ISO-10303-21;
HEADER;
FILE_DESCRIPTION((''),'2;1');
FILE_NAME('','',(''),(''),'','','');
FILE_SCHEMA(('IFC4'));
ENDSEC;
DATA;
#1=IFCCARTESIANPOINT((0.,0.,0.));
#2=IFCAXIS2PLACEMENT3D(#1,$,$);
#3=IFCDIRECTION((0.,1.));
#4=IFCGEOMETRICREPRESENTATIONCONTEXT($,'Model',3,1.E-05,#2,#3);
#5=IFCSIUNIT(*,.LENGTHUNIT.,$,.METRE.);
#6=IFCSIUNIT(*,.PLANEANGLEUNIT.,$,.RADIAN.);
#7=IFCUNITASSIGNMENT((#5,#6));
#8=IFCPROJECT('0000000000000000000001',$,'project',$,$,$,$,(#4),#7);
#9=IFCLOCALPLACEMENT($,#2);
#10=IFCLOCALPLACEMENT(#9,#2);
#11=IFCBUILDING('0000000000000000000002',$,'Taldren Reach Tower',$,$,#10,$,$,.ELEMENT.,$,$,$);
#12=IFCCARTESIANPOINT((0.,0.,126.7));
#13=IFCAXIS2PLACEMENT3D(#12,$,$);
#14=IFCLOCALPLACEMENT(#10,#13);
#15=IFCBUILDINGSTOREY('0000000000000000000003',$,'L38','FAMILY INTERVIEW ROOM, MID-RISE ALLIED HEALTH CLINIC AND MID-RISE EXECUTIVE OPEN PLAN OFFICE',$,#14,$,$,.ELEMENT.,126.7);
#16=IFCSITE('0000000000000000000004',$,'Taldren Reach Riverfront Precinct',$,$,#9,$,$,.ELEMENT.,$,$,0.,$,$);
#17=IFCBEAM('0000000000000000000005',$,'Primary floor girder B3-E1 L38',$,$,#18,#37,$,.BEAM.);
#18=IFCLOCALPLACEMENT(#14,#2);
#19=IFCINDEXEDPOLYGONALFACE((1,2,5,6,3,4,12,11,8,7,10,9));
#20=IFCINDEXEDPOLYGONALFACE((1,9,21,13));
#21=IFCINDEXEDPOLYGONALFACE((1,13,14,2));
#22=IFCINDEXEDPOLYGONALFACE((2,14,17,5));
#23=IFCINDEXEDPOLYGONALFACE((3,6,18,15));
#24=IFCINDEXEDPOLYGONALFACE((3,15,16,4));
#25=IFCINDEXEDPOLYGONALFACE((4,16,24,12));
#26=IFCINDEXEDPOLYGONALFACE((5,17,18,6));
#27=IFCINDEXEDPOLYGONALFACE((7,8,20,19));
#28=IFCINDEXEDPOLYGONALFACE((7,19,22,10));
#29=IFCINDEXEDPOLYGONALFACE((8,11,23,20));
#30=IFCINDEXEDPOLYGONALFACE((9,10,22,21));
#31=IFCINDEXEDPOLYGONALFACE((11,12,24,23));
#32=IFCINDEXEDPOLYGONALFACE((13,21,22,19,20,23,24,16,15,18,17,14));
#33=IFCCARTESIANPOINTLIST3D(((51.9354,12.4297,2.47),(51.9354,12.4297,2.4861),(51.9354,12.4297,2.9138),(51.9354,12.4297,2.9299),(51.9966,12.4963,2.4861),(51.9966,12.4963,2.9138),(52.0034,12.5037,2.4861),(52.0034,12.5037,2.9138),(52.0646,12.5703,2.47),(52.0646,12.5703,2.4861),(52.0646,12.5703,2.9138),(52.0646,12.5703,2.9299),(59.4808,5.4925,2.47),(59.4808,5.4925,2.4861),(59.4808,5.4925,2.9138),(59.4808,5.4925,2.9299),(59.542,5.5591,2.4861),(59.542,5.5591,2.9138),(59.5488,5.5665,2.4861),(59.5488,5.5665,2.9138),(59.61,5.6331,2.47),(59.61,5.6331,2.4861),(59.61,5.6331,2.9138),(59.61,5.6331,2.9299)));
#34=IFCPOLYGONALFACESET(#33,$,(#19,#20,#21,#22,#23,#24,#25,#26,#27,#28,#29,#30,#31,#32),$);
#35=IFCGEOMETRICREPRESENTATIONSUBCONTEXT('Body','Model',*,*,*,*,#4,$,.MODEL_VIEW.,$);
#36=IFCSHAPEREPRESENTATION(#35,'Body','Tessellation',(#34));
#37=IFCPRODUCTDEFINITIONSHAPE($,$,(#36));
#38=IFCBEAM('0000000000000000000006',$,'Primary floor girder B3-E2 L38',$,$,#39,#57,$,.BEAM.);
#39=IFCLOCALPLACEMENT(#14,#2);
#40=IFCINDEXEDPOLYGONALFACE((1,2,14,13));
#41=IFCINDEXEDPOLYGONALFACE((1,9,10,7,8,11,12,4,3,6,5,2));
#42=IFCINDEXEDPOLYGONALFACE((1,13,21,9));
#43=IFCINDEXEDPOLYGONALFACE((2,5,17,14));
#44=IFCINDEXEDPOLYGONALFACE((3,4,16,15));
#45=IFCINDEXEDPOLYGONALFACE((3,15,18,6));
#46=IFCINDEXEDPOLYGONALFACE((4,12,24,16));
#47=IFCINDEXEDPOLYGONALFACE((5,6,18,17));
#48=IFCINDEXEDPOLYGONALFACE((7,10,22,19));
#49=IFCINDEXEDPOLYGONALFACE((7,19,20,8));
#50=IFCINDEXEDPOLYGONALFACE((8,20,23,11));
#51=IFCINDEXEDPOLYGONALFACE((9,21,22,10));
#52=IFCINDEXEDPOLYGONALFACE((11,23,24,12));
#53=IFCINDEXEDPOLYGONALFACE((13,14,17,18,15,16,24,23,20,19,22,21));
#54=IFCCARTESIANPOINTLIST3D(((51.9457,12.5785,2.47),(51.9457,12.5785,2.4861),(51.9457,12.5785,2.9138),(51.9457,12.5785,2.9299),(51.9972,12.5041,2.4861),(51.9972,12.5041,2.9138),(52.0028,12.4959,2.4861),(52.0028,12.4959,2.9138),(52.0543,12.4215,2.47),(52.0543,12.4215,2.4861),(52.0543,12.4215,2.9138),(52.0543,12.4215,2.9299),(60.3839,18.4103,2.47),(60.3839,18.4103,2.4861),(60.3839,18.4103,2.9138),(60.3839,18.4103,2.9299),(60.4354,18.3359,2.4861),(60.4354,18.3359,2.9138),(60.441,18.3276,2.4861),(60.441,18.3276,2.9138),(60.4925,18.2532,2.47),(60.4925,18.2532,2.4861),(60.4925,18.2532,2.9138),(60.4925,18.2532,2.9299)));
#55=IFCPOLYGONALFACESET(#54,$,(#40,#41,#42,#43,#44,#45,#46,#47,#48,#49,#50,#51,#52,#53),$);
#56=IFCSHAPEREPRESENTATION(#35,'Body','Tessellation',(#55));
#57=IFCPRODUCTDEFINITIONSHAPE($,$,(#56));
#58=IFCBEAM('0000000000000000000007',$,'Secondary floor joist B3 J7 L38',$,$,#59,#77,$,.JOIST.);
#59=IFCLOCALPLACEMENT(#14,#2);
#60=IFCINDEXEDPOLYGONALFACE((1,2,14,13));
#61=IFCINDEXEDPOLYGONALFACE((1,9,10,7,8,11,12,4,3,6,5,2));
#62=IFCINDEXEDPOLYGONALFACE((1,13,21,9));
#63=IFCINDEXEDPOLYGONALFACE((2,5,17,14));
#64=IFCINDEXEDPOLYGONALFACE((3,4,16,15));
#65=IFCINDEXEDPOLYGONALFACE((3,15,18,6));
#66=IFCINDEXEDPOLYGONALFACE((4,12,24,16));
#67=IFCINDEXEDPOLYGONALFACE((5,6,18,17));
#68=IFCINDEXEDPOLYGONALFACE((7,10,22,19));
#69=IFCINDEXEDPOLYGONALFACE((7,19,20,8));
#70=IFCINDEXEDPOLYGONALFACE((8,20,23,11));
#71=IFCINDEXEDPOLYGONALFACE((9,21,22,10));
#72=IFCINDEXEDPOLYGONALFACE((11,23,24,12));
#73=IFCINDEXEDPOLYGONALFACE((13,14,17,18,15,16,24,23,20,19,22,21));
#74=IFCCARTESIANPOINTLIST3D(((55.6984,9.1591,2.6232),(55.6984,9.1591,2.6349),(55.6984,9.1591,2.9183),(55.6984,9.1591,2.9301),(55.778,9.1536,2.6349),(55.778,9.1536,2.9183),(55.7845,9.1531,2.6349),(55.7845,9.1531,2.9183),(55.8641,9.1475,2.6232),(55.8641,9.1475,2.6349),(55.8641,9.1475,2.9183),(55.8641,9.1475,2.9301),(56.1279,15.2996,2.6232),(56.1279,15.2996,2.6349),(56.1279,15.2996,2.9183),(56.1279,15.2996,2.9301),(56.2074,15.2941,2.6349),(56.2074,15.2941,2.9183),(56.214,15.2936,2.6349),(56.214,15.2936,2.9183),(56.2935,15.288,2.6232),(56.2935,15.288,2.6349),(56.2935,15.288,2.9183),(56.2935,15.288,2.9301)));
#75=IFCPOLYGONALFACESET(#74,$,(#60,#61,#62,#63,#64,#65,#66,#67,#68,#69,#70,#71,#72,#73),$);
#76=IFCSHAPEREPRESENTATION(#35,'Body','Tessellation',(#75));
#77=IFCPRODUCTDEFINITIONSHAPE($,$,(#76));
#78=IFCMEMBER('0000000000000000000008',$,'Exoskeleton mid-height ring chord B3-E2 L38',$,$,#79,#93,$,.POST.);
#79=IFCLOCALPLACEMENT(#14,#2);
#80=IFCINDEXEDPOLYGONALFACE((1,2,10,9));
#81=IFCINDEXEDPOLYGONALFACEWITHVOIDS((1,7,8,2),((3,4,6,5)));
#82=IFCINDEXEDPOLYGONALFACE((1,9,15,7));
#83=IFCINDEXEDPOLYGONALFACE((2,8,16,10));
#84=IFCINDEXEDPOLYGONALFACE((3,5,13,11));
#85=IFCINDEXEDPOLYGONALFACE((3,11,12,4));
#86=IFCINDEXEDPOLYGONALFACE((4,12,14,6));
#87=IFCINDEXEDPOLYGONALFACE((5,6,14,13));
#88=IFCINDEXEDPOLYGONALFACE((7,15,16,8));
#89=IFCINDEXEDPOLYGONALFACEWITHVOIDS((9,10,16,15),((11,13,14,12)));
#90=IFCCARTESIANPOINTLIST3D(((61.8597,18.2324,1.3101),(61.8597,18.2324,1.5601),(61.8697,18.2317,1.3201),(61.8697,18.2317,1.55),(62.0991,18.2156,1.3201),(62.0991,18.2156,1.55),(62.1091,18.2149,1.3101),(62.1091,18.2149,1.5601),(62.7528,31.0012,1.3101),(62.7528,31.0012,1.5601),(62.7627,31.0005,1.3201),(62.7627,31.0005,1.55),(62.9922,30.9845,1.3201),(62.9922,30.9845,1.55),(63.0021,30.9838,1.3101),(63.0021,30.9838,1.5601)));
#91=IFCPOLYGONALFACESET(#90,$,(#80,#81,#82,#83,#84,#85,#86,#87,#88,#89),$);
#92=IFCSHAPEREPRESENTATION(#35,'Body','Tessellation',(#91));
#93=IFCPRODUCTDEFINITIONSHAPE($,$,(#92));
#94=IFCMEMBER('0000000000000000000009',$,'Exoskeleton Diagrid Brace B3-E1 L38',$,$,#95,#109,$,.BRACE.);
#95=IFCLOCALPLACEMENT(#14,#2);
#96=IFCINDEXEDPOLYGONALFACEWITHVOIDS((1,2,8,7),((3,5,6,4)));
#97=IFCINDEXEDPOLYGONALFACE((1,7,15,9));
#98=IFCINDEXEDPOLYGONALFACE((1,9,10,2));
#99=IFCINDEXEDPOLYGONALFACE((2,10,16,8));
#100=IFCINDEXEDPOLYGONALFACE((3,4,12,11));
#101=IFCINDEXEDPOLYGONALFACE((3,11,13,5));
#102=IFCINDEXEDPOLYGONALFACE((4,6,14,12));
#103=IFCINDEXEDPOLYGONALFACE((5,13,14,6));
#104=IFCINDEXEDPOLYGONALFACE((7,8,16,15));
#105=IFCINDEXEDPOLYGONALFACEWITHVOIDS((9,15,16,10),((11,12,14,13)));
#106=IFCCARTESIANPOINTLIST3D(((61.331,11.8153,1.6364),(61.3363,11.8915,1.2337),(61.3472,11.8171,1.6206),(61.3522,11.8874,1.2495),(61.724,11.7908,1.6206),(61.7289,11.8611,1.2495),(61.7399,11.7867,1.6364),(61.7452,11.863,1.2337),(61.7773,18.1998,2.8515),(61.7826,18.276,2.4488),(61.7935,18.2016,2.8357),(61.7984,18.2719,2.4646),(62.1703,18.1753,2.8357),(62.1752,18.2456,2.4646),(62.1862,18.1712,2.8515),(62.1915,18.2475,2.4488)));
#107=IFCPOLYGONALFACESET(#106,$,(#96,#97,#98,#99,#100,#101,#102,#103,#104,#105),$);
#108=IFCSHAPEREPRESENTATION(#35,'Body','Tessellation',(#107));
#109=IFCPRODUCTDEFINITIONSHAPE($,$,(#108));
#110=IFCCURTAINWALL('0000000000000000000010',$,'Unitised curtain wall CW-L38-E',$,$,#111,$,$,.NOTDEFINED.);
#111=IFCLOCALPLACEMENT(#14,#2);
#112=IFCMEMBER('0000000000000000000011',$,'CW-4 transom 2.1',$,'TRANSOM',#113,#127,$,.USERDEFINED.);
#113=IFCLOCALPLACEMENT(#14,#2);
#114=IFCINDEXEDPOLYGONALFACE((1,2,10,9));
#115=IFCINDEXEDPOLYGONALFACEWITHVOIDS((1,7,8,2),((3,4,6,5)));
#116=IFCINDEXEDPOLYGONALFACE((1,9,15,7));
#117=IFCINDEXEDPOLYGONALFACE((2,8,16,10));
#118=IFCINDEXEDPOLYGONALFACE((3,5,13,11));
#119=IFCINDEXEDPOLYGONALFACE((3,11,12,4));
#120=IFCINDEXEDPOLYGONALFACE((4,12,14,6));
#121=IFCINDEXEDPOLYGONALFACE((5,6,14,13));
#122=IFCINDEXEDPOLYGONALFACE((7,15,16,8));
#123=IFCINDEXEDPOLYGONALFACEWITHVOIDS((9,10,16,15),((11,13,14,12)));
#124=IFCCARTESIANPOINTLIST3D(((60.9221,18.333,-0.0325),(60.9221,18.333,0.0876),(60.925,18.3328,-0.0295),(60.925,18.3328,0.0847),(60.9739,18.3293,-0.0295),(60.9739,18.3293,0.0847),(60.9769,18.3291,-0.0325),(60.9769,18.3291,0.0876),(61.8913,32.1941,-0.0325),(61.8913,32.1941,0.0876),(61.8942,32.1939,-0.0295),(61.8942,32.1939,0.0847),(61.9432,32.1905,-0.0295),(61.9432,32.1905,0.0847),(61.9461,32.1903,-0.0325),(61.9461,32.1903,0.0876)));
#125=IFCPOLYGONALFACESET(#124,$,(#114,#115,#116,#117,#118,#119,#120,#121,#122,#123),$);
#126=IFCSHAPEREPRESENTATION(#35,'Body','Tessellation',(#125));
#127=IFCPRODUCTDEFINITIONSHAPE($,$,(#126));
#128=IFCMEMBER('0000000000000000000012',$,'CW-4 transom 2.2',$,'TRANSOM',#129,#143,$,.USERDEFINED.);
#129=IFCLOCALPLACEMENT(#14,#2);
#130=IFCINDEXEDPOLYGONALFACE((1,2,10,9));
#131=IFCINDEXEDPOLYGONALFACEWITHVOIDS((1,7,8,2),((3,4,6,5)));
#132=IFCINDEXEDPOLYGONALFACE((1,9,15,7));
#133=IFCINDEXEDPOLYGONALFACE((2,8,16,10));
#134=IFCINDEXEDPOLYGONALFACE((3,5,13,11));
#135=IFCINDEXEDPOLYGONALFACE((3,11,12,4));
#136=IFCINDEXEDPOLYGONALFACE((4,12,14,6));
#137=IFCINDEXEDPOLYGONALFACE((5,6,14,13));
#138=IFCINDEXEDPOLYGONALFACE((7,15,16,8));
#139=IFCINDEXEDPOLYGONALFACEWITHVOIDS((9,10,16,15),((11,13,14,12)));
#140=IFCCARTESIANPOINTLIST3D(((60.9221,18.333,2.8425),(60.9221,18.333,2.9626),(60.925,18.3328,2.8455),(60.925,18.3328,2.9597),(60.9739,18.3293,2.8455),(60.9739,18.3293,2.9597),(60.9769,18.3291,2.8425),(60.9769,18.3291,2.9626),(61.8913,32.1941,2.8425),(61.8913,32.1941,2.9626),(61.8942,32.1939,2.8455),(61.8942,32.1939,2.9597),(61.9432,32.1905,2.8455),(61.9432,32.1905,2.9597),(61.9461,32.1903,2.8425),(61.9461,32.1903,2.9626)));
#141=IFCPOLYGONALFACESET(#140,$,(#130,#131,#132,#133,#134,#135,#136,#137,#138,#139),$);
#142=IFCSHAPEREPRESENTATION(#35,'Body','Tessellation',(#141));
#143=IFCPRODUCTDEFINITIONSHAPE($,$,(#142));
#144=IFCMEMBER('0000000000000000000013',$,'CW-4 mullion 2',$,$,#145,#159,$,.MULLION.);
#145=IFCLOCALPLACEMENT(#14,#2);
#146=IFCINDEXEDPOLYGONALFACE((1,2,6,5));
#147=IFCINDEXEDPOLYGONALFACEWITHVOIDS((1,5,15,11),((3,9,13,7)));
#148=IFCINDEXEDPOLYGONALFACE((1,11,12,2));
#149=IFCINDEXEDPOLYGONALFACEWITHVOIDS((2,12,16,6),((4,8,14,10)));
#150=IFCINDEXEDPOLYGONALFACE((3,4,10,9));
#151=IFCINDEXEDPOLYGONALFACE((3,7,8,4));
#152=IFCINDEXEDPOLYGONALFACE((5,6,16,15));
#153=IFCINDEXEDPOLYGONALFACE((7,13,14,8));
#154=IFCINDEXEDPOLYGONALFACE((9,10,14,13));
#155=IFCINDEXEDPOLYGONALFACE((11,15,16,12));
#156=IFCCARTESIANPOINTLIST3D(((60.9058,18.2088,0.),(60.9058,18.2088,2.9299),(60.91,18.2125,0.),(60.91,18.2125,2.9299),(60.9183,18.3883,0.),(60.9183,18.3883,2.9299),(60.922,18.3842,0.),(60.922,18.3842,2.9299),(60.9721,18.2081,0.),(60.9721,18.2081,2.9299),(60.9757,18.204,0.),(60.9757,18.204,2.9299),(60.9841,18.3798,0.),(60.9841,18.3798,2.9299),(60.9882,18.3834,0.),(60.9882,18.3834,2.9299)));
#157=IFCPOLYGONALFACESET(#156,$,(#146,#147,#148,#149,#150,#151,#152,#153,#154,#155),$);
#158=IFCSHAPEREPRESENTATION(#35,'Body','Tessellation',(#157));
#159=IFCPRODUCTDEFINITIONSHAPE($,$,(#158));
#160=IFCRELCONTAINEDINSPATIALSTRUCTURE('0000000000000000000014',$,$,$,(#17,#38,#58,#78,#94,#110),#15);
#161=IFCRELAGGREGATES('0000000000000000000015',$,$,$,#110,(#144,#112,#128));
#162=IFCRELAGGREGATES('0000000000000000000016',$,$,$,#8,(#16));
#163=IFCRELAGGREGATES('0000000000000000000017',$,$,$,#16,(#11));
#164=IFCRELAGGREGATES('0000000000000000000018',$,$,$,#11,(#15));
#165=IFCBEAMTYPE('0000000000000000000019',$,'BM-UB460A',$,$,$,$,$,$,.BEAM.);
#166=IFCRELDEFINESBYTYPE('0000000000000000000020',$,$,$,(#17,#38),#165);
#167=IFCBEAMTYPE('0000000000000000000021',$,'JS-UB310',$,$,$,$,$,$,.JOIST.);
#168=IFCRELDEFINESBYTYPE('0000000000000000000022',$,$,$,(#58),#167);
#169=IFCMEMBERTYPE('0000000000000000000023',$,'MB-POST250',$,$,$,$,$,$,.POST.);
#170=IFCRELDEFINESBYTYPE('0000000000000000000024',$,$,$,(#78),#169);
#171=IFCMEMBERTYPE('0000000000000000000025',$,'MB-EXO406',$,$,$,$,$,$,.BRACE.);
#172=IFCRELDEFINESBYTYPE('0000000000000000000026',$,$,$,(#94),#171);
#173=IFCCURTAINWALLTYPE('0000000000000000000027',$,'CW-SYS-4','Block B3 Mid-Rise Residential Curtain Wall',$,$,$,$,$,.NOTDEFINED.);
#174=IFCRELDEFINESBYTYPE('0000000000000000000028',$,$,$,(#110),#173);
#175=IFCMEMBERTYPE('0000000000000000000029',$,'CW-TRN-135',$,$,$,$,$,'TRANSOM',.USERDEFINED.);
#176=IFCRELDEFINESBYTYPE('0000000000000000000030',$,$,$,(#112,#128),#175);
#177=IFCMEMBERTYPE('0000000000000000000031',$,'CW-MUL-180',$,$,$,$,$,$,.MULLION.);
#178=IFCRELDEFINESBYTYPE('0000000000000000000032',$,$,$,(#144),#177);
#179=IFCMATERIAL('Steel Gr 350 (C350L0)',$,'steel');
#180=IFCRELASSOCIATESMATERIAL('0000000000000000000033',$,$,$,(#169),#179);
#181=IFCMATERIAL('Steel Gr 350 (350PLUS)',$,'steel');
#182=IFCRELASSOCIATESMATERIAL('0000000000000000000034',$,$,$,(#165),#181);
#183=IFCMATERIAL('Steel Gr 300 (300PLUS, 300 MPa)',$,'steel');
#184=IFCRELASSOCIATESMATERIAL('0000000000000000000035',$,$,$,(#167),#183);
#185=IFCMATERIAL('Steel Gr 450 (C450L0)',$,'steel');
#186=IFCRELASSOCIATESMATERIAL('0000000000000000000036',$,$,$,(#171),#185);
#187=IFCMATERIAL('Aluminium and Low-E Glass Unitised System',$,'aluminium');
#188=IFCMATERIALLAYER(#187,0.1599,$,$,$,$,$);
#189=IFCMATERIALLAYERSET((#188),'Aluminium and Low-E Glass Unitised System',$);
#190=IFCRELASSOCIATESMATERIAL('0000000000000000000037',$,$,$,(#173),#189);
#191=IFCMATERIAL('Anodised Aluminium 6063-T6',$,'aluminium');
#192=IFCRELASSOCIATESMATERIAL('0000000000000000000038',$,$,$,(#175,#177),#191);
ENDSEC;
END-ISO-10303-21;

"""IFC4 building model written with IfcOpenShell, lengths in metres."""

from ifc_helpers import new_model, si_unit, direction, frame, origin, origin_2d, place, context, subcontext, project, spatial, hollow_rectangle, i_section, extrude, source, transform, mapped, material, layer, layer_set, material_profile, profile_set, type_object, element, aggregate, save


model = new_model("IFC4")

# Units and contexts
model_context = context("Model", 3, precision=1e-05, world=origin(), true_north=direction((0.0, 1.0)))
body_context = subcontext(model_context, "Body", "Model", "MODEL_VIEW")
ifc_project = project(units=[si_unit("LENGTHUNIT", "METRE"), si_unit("PLANEANGLEUNIT", "RADIAN")], contexts=[model_context])

# Site, building, storey
site_placement = place(None, origin())
site = spatial("IfcSite", under=ifc_project, at=site_placement, Name="Taldren Reach Riverfront Precinct", CompositionType="ELEMENT", RefElevation=0.0)
building_placement = place(site_placement, origin())
building = spatial("IfcBuilding", under=site, at=building_placement, Name="Taldren Reach Tower", CompositionType="ELEMENT")
storey_placement = place(building_placement, frame((0.0, 0.0, 126.7)))
storey = spatial("IfcBuildingStorey", under=building, at=storey_placement, Name="L38", Description="FAMILY INTERVIEW ROOM, MID-RISE ALLIED HEALTH CLINIC AND MID-RISE EXECUTIVE OPEN PLAN OFFICE", CompositionType="ELEMENT", Elevation=126.7)

# Shared definitions
ifc_material_1 = material(Name="Steel Gr 350 (350PLUS)", Category="steel")

# Shared definitions
ifc_material_2 = material(Name="Steel Gr 450 (C450L0)", Category="steel")
ifc_material_3 = material(Name="Steel Gr 350 (C350L0)", Category="steel")
ifc_material_profile_1 = material_profile(ifc_material_3, hollow_rectangle(XDim=0.25, YDim=0.25, WallThickness=0.01, at=origin_2d()), Name="250x250x10.0SHS")
ifc_profile_set_1 = profile_set([ifc_material_profile_1], Name="Steel Gr 350 (C350L0)")
member_type_1 = type_object("IfcMemberType", Name="MB-POST250", PredefinedType="POST", material=ifc_profile_set_1)

# Beams
ifc_material_profile_2 = material_profile(ifc_material_1, i_section(OverallWidth=0.1909, OverallDepth=0.46, WebThickness=0.01, FlangeThickness=0.0161, at=origin_2d()), Name="460UB82.1")
ifc_profile_set_2 = profile_set([ifc_material_profile_2], Name="Steel Gr 350 (350PLUS)")
beam_type_1 = type_object("IfcBeamType", Name="BM-UB460A", PredefinedType="BEAM", material=ifc_profile_set_2)
shared_shape_1 = source(origin(), body_context, "Body", "SweptSolid", [
    extrude(i_section(OverallWidth=0.1909, OverallDepth=0.46, WebThickness=0.01, FlangeThickness=0.0161, at=origin_2d()), origin(), (0.0, 0.0, 1.0), 10.2498),
])
beam_1_placement = place(storey_placement, frame((52.0, 12.5, 2.7), z_axis=(0.736151, -0.676818, 0.0), x_axis=(0.676818, 0.736151, 0.0)))
element("IfcBeam", 1, at=beam_1_placement, inside=storey, type_object=beam_type_1, Name="Primary floor girder B3-E1 L38", PredefinedType="BEAM", context=body_context, shape_type="MappedRepresentation", body=[
    mapped(shared_shape_1, transform((0.0, 0.0, 0.0), scale=1.0)),
])
shared_shape_2 = source(origin(), body_context, "Body", "SweptSolid", [
    extrude(i_section(OverallWidth=0.1909, OverallDepth=0.46, WebThickness=0.01, FlangeThickness=0.0161, at=origin_2d()), origin(), (0.0, 0.0, 1.0), 10.2573),
])
beam_2_placement = place(storey_placement, frame((52.0, 12.5, 2.7), z_axis=(0.822651, 0.568546, 0.0), x_axis=(-0.568546, 0.822651, 0.0)))
element("IfcBeam", 2, at=beam_2_placement, inside=storey, type_object=beam_type_1, Name="Primary floor girder B3-E2 L38", PredefinedType="BEAM", context=body_context, shape_type="MappedRepresentation", body=[
    mapped(shared_shape_2, transform((0.0, 0.0, 0.0), scale=1.0)),
])
ifc_material_4 = material(Name="Steel Gr 300 (300PLUS, 300 MPa)", Category="steel")
ifc_material_profile_3 = material_profile(ifc_material_4, i_section(OverallWidth=0.166, OverallDepth=0.3069, WebThickness=0.0066, FlangeThickness=0.0117, at=origin_2d()), Name="310UB46.2")
ifc_profile_set_3 = profile_set([ifc_material_profile_3], Name="Steel Gr 300 (300PLUS, 300 MPa)")
beam_type_2 = type_object("IfcBeamType", Name="JS-UB310", PredefinedType="JOIST", material=ifc_profile_set_3)
shared_shape_3 = source(origin(), body_context, "Body", "SweptSolid", [
    extrude(i_section(OverallWidth=0.166, OverallDepth=0.3069, WebThickness=0.0066, FlangeThickness=0.0117, at=origin_2d()), origin(), (0.0, 0.0, 1.0), 6.1555),
])
beam_3_placement = place(storey_placement, frame((55.7812, 9.1533, 2.7766), z_axis=(0.069764, 0.997563, 0.0), x_axis=(-0.997563, 0.069764, 0.0)))
element("IfcBeam", 3, at=beam_3_placement, inside=storey, type_object=beam_type_2, Name="Secondary floor joist B3 J7 L38", PredefinedType="JOIST", context=body_context, shape_type="MappedRepresentation", body=[
    mapped(shared_shape_3, transform((0.0, 0.0, 0.0), scale=1.0)),
])

# Members
shared_shape_4 = source(origin(), body_context, "Body", "SweptSolid", [
    extrude(hollow_rectangle(XDim=0.25, YDim=0.25, WallThickness=0.01, at=origin_2d()), origin(), (0.0, 0.0, 1.0), 12.8),
])
member_1_placement = place(storey_placement, frame((61.9844, 18.2236, 1.4351), z_axis=(0.069771, 0.997563, 0.0), x_axis=(-0.997563, 0.069771, 0.0)))
element("IfcMember", 4, at=member_1_placement, inside=storey, type_object=member_type_1, Name="Exoskeleton mid-height ring chord B3-E2 L38", PredefinedType="POST", context=body_context, shape_type="MappedRepresentation", body=[
    mapped(shared_shape_4, transform((0.0, 0.0, 0.0), scale=1.0)),
])
ifc_material_profile_4 = material_profile(ifc_material_2, hollow_rectangle(XDim=0.4099, YDim=0.4099, WallThickness=0.0161, at=origin_2d()), Name="410x410x16.0SHS")
ifc_profile_set_4 = profile_set([ifc_material_profile_4], Name="Steel Gr 450 (C450L0)")
member_type_2 = type_object("IfcMemberType", Name="MB-EXO406", PredefinedType="BRACE", material=ifc_profile_set_4)
shared_shape_5 = source(origin(), body_context, "Body", "SweptSolid", [
    extrude(hollow_rectangle(XDim=0.4099, YDim=0.4099, WallThickness=0.0161, at=origin_2d()), origin(), (0.0, 0.0, 1.0), 6.5144),
])
member_2_placement = place(storey_placement, frame((61.5381, 11.8391, 1.4351), z_axis=(0.068508, 0.980059, 0.186523), x_axis=(-0.997566, 0.069732, 0.0)))
element("IfcMember", 5, at=member_2_placement, inside=storey, type_object=member_type_2, Name="Exoskeleton Diagrid Brace B3-E1 L38", PredefinedType="BRACE", context=body_context, shape_type="MappedRepresentation", body=[
    mapped(shared_shape_5, transform((0.0, 0.0, 0.0), scale=1.0)),
])

# Curtain wall, members
ifc_material_5 = material(Name="Aluminium and Low-E Glass Unitised System", Category="aluminium")
ifc_layer_1 = layer(ifc_material_5, 0.1599)
ifc_layer_set_1 = layer_set([ifc_layer_1], Name="Aluminium and Low-E Glass Unitised System")
curtain_wall_type = type_object("IfcCurtainWallType", Name="CW-SYS-4", Description="Block B3 Mid-Rise Residential Curtain Wall", PredefinedType="NOTDEFINED", material=ifc_layer_set_1)
curtain_wall_placement = place(storey_placement, origin())
curtain_wall = element("IfcCurtainWall", 6, at=curtain_wall_placement, inside=storey, type_object=curtain_wall_type, Name="Unitised curtain wall CW-L38-E", PredefinedType="NOTDEFINED")
ifc_material_6 = material(Name="Anodised Aluminium 6063-T6", Category="aluminium")
ifc_material_profile_5 = material_profile(ifc_material_6, hollow_rectangle(XDim=0.0549, YDim=0.1201, WallThickness=0.0029, at=origin_2d()), Name="ALU-120x55x3RHS")
ifc_profile_set_5 = profile_set([ifc_material_profile_5], Name="Anodised Aluminium 6063-T6")
member_type_3 = type_object("IfcMemberType", Name="CW-TRN-135", ElementType="TRANSOM", PredefinedType="USERDEFINED", material=ifc_profile_set_5)
shared_shape_6 = source(origin(), body_context, "Body", "SweptSolid", [
    extrude(hollow_rectangle(XDim=0.0549, YDim=0.1201, WallThickness=0.0029, at=origin_2d()), origin(), (0.0, 0.0, 1.0), 13.895),
])
member_3_placement = place(storey_placement, frame((60.9495, 18.3311, 0.0276), z_axis=(0.069755, 0.997564, 0.0), x_axis=(-0.997564, 0.069755, 0.0)))
member_3 = element("IfcMember", 7, at=member_3_placement, type_object=member_type_3, Name="CW-4 transom 2.1", ObjectType="TRANSOM", PredefinedType="USERDEFINED", context=body_context, shape_type="MappedRepresentation", body=[
    mapped(shared_shape_6, transform((0.0, 0.0, 0.0), scale=1.0)),
])
member_4_placement = place(storey_placement, frame((60.9495, 18.3311, 2.9026), z_axis=(0.069755, 0.997564, 0.0), x_axis=(-0.997564, 0.069755, 0.0)))
member_4 = element("IfcMember", 8, at=member_4_placement, type_object=member_type_3, Name="CW-4 transom 2.2", ObjectType="TRANSOM", PredefinedType="USERDEFINED", context=body_context, shape_type="MappedRepresentation", body=[
    mapped(shared_shape_6, transform((0.0, 0.0, 0.0), scale=1.0)),
])
ifc_material_profile_6 = material_profile(ifc_material_6, hollow_rectangle(XDim=0.0701, YDim=0.1799, WallThickness=0.0039, at=origin_2d()), Name="ALU-180x70x4RHS")
ifc_profile_set_6 = profile_set([ifc_material_profile_6], Name="Anodised Aluminium 6063-T6")
member_type_4 = type_object("IfcMemberType", Name="CW-MUL-180", PredefinedType="MULLION", material=ifc_profile_set_6)
shared_shape_7 = source(origin(), body_context, "Body", "SweptSolid", [
    extrude(hollow_rectangle(XDim=0.0701, YDim=0.1799, WallThickness=0.0039, at=origin_2d()), origin(), (0.0, 0.0, 1.0), 2.9299),
])
member_5_placement = place(storey_placement, frame((60.947, 18.2961, 0.0), z_axis=(0.0, 0.0, 1.0), x_axis=(-0.997564, 0.069756, 0.0)))
member_5 = element("IfcMember", 9, at=member_5_placement, type_object=member_type_4, Name="CW-4 mullion 2", PredefinedType="MULLION", context=body_context, shape_type="MappedRepresentation", body=[
    mapped(shared_shape_7, transform((0.0, 0.0, 0.0), scale=1.0)),
])

aggregate(curtain_wall, [member_5, member_3, member_4])

save(model, "model.ifc")
